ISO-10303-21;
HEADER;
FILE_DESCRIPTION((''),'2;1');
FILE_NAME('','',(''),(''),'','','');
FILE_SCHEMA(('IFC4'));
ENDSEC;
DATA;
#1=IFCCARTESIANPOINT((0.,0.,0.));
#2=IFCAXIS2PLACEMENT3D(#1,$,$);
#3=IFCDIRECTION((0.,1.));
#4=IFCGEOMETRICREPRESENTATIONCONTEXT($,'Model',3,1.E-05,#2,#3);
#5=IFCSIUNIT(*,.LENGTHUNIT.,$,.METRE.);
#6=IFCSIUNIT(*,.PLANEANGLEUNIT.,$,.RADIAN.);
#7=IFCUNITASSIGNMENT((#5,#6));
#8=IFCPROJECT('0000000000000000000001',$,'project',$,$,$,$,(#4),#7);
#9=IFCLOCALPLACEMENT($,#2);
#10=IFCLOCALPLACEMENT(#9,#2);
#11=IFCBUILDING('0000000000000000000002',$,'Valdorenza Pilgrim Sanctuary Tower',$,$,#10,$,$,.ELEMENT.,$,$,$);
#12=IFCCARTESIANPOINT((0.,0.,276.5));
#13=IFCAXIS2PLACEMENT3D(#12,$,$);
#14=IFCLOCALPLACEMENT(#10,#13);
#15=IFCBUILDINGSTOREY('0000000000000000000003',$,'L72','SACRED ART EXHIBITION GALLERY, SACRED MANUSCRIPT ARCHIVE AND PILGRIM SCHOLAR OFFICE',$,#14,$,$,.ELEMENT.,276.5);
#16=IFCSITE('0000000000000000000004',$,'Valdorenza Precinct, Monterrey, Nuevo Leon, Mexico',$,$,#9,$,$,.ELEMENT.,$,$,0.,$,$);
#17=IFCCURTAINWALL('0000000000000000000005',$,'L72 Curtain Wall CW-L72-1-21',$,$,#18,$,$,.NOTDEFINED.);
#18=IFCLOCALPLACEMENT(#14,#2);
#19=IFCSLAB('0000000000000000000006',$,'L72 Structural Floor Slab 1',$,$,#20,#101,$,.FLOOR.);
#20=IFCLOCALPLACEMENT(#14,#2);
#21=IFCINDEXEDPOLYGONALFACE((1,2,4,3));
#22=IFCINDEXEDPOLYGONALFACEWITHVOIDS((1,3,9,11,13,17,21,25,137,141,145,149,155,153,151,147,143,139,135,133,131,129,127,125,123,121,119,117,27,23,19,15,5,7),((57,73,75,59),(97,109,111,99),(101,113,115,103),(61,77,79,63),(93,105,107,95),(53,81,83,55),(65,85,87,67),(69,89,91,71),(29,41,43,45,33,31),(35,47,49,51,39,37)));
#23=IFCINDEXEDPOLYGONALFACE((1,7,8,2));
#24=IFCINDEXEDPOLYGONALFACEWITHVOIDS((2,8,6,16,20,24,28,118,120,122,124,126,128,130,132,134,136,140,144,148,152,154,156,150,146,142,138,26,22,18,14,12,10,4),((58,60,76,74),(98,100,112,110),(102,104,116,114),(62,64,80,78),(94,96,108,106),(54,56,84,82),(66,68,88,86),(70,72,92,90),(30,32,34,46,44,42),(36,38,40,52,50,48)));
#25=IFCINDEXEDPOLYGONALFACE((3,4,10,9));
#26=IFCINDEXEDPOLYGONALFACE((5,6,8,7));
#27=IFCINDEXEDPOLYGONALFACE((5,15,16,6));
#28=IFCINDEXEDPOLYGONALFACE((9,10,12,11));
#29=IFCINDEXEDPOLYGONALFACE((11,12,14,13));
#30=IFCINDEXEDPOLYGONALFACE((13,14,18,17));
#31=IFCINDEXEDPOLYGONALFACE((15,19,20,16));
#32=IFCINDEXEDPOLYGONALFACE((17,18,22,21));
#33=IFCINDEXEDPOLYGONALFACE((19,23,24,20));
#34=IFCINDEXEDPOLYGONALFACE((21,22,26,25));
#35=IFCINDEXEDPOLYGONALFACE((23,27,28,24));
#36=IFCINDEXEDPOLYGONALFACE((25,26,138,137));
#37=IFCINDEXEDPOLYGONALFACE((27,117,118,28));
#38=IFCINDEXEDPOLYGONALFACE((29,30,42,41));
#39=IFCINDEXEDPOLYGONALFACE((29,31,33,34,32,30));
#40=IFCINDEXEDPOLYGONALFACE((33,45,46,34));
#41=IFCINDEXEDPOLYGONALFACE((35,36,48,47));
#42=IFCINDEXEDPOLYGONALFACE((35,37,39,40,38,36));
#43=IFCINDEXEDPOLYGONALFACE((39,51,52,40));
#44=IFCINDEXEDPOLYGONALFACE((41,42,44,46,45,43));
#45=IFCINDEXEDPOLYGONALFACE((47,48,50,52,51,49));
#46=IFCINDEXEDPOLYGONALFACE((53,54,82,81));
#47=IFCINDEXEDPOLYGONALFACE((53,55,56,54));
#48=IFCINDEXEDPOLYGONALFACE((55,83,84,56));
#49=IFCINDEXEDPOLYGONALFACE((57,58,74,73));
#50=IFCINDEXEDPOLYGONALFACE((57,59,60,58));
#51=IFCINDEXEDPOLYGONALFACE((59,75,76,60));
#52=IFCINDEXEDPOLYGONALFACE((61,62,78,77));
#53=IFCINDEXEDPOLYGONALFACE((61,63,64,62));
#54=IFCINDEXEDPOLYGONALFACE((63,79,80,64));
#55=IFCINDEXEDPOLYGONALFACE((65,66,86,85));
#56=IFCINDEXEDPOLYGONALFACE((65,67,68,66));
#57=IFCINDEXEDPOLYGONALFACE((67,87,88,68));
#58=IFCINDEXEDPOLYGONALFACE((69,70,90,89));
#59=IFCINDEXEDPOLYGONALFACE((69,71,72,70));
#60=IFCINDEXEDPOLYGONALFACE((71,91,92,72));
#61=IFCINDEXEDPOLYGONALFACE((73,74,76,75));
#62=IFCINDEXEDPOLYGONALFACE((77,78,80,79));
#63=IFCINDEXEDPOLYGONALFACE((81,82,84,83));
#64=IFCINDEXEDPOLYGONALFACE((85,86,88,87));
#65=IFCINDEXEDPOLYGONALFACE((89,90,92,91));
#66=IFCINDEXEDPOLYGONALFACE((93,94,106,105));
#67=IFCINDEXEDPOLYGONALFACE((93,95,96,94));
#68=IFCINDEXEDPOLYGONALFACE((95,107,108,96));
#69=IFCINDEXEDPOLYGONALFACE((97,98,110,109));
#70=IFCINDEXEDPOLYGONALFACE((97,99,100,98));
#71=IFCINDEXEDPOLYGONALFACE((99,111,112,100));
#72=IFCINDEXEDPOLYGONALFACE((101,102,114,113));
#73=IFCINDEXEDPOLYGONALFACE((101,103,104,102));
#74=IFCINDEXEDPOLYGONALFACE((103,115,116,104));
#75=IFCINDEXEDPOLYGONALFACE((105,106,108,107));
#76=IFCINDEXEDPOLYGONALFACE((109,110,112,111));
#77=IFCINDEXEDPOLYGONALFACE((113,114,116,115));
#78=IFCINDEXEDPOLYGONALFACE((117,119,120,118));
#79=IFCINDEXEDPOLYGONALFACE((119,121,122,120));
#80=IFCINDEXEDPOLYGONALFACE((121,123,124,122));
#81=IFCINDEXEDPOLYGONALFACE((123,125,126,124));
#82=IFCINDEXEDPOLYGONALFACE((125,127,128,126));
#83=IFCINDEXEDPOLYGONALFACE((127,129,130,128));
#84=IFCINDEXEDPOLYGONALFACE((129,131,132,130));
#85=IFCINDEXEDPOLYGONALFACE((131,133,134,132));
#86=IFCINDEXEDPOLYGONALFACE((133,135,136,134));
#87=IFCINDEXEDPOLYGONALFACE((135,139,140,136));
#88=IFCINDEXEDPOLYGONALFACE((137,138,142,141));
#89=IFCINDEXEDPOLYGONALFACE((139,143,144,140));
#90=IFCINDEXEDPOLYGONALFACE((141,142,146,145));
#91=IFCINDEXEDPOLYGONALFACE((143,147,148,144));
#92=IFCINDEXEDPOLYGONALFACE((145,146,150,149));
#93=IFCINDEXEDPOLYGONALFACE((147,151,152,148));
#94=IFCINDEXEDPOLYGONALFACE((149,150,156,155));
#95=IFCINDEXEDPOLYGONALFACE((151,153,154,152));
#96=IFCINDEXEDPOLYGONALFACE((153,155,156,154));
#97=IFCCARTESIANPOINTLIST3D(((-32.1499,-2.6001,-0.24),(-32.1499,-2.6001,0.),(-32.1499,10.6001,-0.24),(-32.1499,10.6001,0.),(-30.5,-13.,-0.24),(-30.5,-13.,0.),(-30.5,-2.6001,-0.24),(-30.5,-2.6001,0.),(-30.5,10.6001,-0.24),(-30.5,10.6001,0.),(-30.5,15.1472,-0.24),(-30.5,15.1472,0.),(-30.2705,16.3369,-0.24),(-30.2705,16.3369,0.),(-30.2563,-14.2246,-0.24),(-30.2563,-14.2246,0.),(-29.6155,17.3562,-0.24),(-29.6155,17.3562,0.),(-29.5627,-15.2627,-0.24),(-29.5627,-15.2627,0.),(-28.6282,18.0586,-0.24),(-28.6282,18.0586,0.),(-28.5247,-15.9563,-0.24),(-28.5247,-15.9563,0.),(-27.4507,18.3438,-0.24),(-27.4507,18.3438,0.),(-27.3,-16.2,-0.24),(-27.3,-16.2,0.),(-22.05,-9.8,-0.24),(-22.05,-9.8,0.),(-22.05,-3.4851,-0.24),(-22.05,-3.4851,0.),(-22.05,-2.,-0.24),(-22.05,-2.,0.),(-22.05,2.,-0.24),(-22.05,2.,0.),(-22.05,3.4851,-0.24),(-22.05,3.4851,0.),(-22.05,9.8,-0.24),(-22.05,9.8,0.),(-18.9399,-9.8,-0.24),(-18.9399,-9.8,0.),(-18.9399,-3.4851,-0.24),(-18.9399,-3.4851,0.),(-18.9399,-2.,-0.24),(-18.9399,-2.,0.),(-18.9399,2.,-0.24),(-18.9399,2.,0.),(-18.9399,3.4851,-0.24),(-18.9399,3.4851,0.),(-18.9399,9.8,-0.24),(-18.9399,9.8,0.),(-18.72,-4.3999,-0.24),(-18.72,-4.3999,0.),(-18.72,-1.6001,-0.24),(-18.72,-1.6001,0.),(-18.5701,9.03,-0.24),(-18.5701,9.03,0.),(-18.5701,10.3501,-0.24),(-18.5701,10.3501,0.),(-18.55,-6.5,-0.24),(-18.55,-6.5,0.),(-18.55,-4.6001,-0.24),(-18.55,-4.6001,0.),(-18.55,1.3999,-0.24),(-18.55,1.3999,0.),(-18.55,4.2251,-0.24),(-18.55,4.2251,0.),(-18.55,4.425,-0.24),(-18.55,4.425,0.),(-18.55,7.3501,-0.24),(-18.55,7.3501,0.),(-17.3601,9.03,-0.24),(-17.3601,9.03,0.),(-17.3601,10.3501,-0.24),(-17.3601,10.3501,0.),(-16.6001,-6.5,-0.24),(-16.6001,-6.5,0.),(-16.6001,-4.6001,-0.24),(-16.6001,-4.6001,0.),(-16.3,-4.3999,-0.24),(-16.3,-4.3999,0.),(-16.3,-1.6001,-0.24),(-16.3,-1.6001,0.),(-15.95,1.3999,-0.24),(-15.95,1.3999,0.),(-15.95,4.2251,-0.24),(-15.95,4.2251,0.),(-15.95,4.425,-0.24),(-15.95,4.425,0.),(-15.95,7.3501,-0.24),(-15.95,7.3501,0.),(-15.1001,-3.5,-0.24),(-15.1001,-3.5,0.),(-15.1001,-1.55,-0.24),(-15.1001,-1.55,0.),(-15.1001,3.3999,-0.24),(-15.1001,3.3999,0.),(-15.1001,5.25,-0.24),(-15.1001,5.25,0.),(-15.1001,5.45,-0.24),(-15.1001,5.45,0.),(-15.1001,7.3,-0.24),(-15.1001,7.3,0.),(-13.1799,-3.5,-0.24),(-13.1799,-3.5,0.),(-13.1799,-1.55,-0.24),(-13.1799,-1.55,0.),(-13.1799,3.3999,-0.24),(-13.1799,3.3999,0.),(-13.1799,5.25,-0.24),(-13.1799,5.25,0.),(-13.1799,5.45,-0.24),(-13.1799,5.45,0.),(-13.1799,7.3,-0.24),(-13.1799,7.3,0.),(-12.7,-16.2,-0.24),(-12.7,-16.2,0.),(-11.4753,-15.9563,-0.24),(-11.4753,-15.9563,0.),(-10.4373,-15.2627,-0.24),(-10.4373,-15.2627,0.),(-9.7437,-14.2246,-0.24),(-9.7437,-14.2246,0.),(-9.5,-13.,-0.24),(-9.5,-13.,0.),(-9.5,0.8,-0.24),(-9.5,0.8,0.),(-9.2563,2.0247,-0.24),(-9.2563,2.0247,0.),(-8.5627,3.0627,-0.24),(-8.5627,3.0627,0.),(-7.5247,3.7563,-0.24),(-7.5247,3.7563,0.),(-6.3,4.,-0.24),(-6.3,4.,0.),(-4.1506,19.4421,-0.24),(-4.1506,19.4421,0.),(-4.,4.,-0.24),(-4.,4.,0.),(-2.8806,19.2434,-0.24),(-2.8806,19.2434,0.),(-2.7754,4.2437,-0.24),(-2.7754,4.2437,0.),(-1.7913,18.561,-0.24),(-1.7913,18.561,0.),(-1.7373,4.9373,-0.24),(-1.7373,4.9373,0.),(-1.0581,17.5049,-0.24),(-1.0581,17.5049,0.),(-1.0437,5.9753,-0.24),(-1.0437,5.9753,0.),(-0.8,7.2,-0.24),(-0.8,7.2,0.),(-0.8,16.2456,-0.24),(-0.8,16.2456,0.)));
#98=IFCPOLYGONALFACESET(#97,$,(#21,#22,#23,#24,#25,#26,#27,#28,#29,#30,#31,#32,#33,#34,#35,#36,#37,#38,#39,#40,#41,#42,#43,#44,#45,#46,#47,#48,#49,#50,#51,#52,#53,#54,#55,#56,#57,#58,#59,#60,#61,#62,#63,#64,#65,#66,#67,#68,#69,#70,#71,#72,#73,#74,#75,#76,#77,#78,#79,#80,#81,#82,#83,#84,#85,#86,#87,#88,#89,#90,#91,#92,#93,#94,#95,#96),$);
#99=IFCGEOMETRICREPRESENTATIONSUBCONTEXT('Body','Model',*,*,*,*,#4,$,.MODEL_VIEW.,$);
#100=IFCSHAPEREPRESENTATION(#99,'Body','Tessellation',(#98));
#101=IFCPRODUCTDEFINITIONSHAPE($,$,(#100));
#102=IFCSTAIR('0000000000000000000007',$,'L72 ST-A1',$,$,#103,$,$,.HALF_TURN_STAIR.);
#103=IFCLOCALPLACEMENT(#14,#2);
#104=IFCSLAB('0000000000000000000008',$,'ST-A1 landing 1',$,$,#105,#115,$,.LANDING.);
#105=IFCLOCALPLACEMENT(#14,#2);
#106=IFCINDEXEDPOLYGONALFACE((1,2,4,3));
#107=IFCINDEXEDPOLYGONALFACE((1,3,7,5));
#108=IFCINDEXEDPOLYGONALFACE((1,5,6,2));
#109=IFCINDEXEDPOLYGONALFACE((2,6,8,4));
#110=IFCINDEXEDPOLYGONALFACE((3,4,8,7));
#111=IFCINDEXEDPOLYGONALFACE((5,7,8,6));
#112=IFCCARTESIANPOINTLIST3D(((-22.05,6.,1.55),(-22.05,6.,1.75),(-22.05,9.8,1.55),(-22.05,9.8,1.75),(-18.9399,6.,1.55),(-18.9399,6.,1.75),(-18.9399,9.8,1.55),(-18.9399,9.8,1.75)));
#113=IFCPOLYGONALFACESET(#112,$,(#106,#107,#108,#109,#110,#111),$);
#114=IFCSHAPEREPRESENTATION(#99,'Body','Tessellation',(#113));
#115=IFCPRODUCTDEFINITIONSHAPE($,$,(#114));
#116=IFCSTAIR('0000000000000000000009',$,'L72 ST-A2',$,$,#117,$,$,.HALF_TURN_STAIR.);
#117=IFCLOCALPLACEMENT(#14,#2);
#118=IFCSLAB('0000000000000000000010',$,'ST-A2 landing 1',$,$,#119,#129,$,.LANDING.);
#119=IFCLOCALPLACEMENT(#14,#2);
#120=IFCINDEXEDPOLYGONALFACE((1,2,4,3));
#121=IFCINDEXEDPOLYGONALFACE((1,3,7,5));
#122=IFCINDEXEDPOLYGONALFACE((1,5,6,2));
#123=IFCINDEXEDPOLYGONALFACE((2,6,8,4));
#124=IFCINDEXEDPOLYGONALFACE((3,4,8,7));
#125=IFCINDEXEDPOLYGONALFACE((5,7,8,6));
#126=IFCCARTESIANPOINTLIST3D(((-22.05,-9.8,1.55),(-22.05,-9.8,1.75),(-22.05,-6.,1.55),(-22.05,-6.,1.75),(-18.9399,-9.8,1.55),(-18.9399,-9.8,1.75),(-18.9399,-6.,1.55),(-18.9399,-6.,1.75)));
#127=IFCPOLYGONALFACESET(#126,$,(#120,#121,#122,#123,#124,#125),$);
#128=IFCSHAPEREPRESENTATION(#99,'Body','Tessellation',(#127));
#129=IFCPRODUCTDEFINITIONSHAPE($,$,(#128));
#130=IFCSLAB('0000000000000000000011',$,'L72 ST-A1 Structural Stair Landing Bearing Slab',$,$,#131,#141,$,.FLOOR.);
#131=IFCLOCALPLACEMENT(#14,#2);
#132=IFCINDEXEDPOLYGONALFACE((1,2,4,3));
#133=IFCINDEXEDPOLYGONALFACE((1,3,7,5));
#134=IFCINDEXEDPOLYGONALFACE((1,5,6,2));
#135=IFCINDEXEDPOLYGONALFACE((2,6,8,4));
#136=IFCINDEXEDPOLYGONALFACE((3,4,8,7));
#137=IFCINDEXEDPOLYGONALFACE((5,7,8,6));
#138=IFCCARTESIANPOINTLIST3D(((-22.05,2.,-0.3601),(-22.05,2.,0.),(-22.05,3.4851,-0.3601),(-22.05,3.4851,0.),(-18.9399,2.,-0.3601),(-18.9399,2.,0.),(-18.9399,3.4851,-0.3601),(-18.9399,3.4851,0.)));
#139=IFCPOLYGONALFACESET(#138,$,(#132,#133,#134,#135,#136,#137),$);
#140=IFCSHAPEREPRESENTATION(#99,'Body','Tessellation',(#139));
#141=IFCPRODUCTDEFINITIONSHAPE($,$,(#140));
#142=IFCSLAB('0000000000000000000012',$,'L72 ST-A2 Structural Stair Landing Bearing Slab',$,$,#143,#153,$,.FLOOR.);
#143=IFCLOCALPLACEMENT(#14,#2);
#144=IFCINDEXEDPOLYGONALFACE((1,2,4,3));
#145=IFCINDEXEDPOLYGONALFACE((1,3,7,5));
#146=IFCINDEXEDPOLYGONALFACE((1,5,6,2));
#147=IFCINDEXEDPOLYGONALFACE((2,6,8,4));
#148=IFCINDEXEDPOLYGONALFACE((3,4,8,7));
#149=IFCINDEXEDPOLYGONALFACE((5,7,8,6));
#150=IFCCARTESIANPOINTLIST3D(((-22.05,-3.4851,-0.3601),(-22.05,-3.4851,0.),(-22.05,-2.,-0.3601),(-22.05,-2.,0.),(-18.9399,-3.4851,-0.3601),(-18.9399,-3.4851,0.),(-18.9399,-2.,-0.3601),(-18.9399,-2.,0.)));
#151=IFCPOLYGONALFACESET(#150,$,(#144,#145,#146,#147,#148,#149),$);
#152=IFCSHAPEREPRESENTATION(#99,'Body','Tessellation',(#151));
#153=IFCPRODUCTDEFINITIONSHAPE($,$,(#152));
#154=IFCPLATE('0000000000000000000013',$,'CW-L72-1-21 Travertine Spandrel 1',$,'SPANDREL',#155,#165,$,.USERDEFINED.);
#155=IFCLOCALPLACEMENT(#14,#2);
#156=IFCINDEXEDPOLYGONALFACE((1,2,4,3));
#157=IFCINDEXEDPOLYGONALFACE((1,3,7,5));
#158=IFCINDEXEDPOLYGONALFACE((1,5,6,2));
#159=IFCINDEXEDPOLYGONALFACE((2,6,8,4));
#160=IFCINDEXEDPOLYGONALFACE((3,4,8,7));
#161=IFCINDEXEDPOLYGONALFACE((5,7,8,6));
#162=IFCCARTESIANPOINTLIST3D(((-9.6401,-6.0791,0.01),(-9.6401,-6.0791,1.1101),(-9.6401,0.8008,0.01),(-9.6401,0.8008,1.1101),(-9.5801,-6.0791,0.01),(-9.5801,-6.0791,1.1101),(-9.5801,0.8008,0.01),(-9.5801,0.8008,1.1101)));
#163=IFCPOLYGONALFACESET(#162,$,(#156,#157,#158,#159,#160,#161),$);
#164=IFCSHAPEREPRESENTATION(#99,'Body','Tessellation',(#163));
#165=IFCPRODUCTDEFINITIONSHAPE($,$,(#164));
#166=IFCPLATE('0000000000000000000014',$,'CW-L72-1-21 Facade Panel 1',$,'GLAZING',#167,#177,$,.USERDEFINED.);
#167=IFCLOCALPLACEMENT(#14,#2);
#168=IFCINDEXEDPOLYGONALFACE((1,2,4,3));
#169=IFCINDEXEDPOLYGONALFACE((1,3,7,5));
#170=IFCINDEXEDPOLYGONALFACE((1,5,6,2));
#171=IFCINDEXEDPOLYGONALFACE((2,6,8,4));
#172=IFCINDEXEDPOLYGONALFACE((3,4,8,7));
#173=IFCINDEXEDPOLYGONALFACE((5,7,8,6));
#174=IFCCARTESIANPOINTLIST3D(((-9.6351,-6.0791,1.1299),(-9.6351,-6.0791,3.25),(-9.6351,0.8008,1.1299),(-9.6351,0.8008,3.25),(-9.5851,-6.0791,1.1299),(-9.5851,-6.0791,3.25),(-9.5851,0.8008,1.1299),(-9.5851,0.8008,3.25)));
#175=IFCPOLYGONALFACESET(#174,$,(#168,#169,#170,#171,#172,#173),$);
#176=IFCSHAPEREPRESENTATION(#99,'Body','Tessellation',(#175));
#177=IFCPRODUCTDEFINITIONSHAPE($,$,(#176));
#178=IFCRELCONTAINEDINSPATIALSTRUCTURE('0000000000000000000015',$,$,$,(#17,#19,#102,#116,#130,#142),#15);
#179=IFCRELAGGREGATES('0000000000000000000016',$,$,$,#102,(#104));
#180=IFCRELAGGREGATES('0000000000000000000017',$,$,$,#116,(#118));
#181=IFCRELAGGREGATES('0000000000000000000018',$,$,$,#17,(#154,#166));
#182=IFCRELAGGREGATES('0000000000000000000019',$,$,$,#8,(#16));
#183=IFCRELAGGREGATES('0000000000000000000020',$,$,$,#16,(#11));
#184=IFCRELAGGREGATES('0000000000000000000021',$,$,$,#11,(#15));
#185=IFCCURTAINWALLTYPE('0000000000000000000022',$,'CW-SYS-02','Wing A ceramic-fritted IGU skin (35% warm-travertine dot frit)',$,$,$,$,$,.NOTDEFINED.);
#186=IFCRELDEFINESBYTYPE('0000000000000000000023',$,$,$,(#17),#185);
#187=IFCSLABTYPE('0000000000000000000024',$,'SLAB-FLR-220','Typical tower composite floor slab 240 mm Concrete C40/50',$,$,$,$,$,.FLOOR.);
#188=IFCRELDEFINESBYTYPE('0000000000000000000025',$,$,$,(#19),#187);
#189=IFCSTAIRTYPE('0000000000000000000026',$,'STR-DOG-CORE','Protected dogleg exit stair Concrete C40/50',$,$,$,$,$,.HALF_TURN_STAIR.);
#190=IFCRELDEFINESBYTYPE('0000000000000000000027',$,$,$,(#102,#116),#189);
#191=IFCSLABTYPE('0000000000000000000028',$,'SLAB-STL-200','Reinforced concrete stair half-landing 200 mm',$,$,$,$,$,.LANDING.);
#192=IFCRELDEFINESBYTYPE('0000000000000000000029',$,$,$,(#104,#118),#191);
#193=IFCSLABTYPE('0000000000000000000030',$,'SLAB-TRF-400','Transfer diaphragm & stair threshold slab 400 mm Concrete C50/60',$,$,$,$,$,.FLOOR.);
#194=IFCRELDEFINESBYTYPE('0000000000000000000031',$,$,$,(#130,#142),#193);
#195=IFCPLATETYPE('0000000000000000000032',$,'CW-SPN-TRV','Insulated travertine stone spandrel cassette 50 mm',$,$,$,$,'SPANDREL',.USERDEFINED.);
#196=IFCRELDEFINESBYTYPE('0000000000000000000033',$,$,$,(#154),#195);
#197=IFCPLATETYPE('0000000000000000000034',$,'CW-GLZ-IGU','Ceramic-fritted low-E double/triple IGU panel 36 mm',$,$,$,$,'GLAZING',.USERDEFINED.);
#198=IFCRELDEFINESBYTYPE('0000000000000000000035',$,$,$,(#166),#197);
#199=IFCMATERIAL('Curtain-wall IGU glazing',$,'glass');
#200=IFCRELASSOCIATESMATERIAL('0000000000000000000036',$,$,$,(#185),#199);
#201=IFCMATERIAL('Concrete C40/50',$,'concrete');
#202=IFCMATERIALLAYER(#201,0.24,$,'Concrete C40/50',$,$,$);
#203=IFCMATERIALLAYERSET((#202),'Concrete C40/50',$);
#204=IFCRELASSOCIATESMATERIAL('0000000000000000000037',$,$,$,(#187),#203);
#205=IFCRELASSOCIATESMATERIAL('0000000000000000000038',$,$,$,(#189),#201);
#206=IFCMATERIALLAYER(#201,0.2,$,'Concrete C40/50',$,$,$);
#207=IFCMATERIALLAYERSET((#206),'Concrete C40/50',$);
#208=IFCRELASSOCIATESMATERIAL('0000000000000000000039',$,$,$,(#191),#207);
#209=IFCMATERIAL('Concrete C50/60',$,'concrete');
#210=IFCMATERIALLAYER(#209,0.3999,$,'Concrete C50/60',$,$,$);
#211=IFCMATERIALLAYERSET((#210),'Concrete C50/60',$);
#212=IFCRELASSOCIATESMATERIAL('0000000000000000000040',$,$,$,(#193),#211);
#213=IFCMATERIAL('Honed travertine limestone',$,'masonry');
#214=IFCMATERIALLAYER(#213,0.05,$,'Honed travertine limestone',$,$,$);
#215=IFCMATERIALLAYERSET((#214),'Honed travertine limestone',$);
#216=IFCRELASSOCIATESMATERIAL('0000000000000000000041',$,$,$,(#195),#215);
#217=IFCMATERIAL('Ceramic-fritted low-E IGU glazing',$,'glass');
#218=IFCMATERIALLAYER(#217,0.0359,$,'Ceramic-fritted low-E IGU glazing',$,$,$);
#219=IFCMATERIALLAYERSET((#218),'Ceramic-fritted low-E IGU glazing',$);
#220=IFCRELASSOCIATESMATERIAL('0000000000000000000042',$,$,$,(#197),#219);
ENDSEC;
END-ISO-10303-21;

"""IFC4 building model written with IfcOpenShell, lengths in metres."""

from ifc_helpers import new_model, si_unit, direction, frame, origin, origin_2d, place, context, subcontext, project, spatial, polyline, rectangle, outline, extrude, source, transform, mapped, material, layer, layer_set, type_object, element, aggregate, save


model = new_model("IFC4")

# Units and contexts
model_context = context("Model", 3, precision=1e-05, world=origin(), true_north=direction((0.0, 1.0)))
body_context = subcontext(model_context, "Body", "Model", "MODEL_VIEW")
ifc_project = project(units=[si_unit("LENGTHUNIT", "METRE"), si_unit("PLANEANGLEUNIT", "RADIAN")], contexts=[model_context])

# Site, building, storey
site_placement = place(None, origin())
site = spatial("IfcSite", under=ifc_project, at=site_placement, Name="Valdorenza Precinct, Monterrey, Nuevo Leon, Mexico", CompositionType="ELEMENT", RefElevation=0.0)
building_placement = place(site_placement, origin())
building = spatial("IfcBuilding", under=site, at=building_placement, Name="Valdorenza Pilgrim Sanctuary Tower", CompositionType="ELEMENT")
storey_placement = place(building_placement, frame((0.0, 0.0, 276.5)))
storey = spatial("IfcBuildingStorey", under=building, at=storey_placement, Name="L72", Description="SACRED ART EXHIBITION GALLERY, SACRED MANUSCRIPT ARCHIVE AND PILGRIM SCHOLAR OFFICE", CompositionType="ELEMENT", Elevation=276.5)

# Shared definitions
ifc_material_1 = material(Name="Concrete C50/60", Category="concrete")

# Curtain wall
ifc_material_2 = material(Name="Curtain-wall IGU glazing", Category="glass")
curtain_wall_type = type_object("IfcCurtainWallType", Name="CW-SYS-02", Description="Wing A ceramic-fritted IGU skin (35% warm-travertine dot frit)", PredefinedType="NOTDEFINED", material=ifc_material_2)
curtain_wall_placement = place(storey_placement, origin())
curtain_wall = element("IfcCurtainWall", 1, at=curtain_wall_placement, inside=storey, type_object=curtain_wall_type, Name="L72 Curtain Wall CW-L72-1-21", PredefinedType="NOTDEFINED")

# Slab
ifc_material_3 = material(Name="Concrete C40/50", Category="concrete")
ifc_layer_1 = layer(ifc_material_3, 0.24, Name="Concrete C40/50")
ifc_layer_set_1 = layer_set([ifc_layer_1], Name="Concrete C40/50")
slab_type_1 = type_object("IfcSlabType", Name="SLAB-FLR-220", Description="Typical tower composite floor slab 240 mm Concrete C40/50", PredefinedType="FLOOR", material=ifc_layer_set_1)
slab_1_placement = place(storey_placement, frame((0.0, 0.0, -0.24)))
element("IfcSlab", 2, at=slab_1_placement, inside=storey, type_object=slab_type_1, Name="L72 Structural Floor Slab 1", PredefinedType="FLOOR", context=body_context, shape_type="SweptSolid", body=[
    extrude(outline(polyline([(-30.2705, 16.3369), (-29.6155, 17.3562), (-28.6282, 18.0586), (-27.4507, 18.3438), (-4.1506, 19.4421), (-2.8806, 19.2434), (-1.7913, 18.561), (-1.0581, 17.5049), (-0.8, 16.2456), (-0.8, 7.2), (-1.0437, 5.9753), (-1.7373, 4.9373), (-2.7754, 4.2437), (-4.0, 4.0), (-6.3, 4.0), (-7.5247, 3.7563), (-8.5627, 3.0627), (-9.2563, 2.0247), (-9.5, 0.8), (-9.5, -13.0), (-9.7437, -14.2246), (-10.4373, -15.2627), (-11.4753, -15.9563), (-12.7, -16.2), (-27.3, -16.2), (-28.5247, -15.9563), (-29.5627, -15.2627), (-30.2563, -14.2246), (-30.5, -13.0), (-30.5, -2.6001), (-32.1499, -2.6001), (-32.1499, 10.6001), (-30.5, 10.6001), (-30.5, 15.1472), (-30.2705, 16.3369)]), holes=[polyline([(-22.05, -9.8), (-18.9399, -9.8), (-18.9399, -3.4851), (-18.9399, -2.0), (-22.05, -2.0), (-22.05, -3.4851), (-22.05, -9.8)]), polyline([(-16.6001, -6.5), (-16.6001, -4.6001), (-18.55, -4.6001), (-18.55, -6.5), (-16.6001, -6.5)]), polyline([(-22.05, 2.0), (-18.9399, 2.0), (-18.9399, 3.4851), (-18.9399, 9.8), (-22.05, 9.8), (-22.05, 3.4851), (-22.05, 2.0)]), polyline([(-17.3601, 9.03), (-17.3601, 10.3501), (-18.5701, 10.3501), (-18.5701, 9.03), (-17.3601, 9.03)]), polyline([(-16.3, -1.6001), (-18.72, -1.6001), (-18.72, -4.3999), (-16.3, -4.3999), (-16.3, -1.6001)]), polyline([(-13.1799, -3.5), (-13.1799, -1.55), (-15.1001, -1.55), (-15.1001, -3.5), (-13.1799, -3.5)]), polyline([(-15.95, 1.3999), (-15.95, 4.2251), (-18.55, 4.2251), (-18.55, 1.3999), (-15.95, 1.3999)]), polyline([(-13.1799, 5.25), (-15.1001, 5.25), (-15.1001, 3.3999), (-13.1799, 3.3999), (-13.1799, 5.25)]), polyline([(-15.95, 4.425), (-15.95, 7.3501), (-18.55, 7.3501), (-18.55, 4.425), (-15.95, 4.425)]), polyline([(-13.1799, 5.45), (-13.1799, 7.3), (-15.1001, 7.3), (-15.1001, 5.45), (-13.1799, 5.45)])]), origin(), (0.0, 0.0, 1.0), 0.24),
])

# Stairs, slabs
stair_type = type_object("IfcStairType", Name="STR-DOG-CORE", Description="Protected dogleg exit stair Concrete C40/50", PredefinedType="HALF_TURN_STAIR", material=ifc_material_3)
stair_1_placement = place(storey_placement, origin())
stair_1 = element("IfcStair", 3, at=stair_1_placement, inside=storey, type_object=stair_type, Name="L72 ST-A1", PredefinedType="HALF_TURN_STAIR")
ifc_layer_2 = layer(ifc_material_3, 0.2, Name="Concrete C40/50")
ifc_layer_set_2 = layer_set([ifc_layer_2], Name="Concrete C40/50")
slab_type_2 = type_object("IfcSlabType", Name="SLAB-STL-200", Description="Reinforced concrete stair half-landing 200 mm", PredefinedType="LANDING", material=ifc_layer_set_2)
slab_2_placement = place(storey_placement, frame((0.0, 0.0, 1.55)))
slab_2 = element("IfcSlab", 4, at=slab_2_placement, type_object=slab_type_2, Name="ST-A1 landing 1", PredefinedType="LANDING", context=body_context, shape_type="SweptSolid", body=[
    extrude(outline(polyline([(-18.9399, 6.0), (-18.9399, 9.8), (-22.05, 9.8), (-22.05, 6.0), (-18.9399, 6.0)])), origin(), (0.0, 0.0, 1.0), 0.2),
])
aggregate(stair_1, [slab_2])
stair_2_placement = place(storey_placement, origin())
stair_2 = element("IfcStair", 5, at=stair_2_placement, inside=storey, type_object=stair_type, Name="L72 ST-A2", PredefinedType="HALF_TURN_STAIR")
slab_3_placement = place(storey_placement, frame((0.0, 0.0, 1.55)))
slab_3 = element("IfcSlab", 6, at=slab_3_placement, type_object=slab_type_2, Name="ST-A2 landing 1", PredefinedType="LANDING", context=body_context, shape_type="SweptSolid", body=[
    extrude(outline(polyline([(-22.05, -6.0), (-22.05, -9.8), (-18.9399, -9.8), (-18.9399, -6.0), (-22.05, -6.0)])), origin(), (0.0, 0.0, 1.0), 0.2),
])
aggregate(stair_2, [slab_3])

# Slabs
ifc_layer_3 = layer(ifc_material_1, 0.3999, Name="Concrete C50/60")
ifc_layer_set_3 = layer_set([ifc_layer_3], Name="Concrete C50/60")
slab_type_3 = type_object("IfcSlabType", Name="SLAB-TRF-400", Description="Transfer diaphragm & stair threshold slab 400 mm Concrete C50/60", PredefinedType="FLOOR", material=ifc_layer_set_3)
slab_4_placement = place(storey_placement, frame((0.0, 0.0, -0.3601)))
element("IfcSlab", 7, at=slab_4_placement, inside=storey, type_object=slab_type_3, Name="L72 ST-A1 Structural Stair Landing Bearing Slab", PredefinedType="FLOOR", context=body_context, shape_type="SweptSolid", body=[
    extrude(outline(polyline([(-22.05, 2.0), (-18.9399, 2.0), (-18.9399, 3.4851), (-22.05, 3.4851), (-22.05, 2.0)])), origin(), (0.0, 0.0, 1.0), 0.3601),
])
slab_5_placement = place(storey_placement, frame((0.0, 0.0, -0.3601)))
element("IfcSlab", 8, at=slab_5_placement, inside=storey, type_object=slab_type_3, Name="L72 ST-A2 Structural Stair Landing Bearing Slab", PredefinedType="FLOOR", context=body_context, shape_type="SweptSolid", body=[
    extrude(outline(polyline([(-22.05, -3.4851), (-18.9399, -3.4851), (-18.9399, -2.0), (-22.05, -2.0), (-22.05, -3.4851)])), origin(), (0.0, 0.0, 1.0), 0.3601),
])

# Plates
ifc_material_4 = material(Name="Honed travertine limestone", Category="masonry")
ifc_layer_4 = layer(ifc_material_4, 0.05, Name="Honed travertine limestone")
ifc_layer_set_4 = layer_set([ifc_layer_4], Name="Honed travertine limestone")
plate_type_1 = type_object("IfcPlateType", Name="CW-SPN-TRV", Description="Insulated travertine stone spandrel cassette 50 mm", ElementType="SPANDREL", PredefinedType="USERDEFINED", material=ifc_layer_set_4)
shared_shape_1 = source(origin(), body_context, "Body", "SweptSolid", [
    extrude(rectangle(XDim=6.8799, YDim=0.0601, at=origin_2d()), origin(), (0.0, 0.0, 1.0), 1.1001),
])
plate_1_placement = place(storey_placement, frame((-9.6101, -2.6392, 0.01), z_axis=(0.0, 0.0, 1.0), x_axis=(0.0, -1.0, 0.0)))
plate_1 = element("IfcPlate", 9, at=plate_1_placement, type_object=plate_type_1, Name="CW-L72-1-21 Travertine Spandrel 1", ObjectType="SPANDREL", PredefinedType="USERDEFINED", context=body_context, shape_type="MappedRepresentation", body=[
    mapped(shared_shape_1, transform((0.0, 0.0, 0.0), x_axis=(1.0, 0.0, 0.0), y_axis=(0.0, 1.0, 0.0), z_axis=(0.0, 0.0, 1.0), scale=1.0)),
])
ifc_material_5 = material(Name="Ceramic-fritted low-E IGU glazing", Category="glass")
ifc_layer_5 = layer(ifc_material_5, 0.0359, Name="Ceramic-fritted low-E IGU glazing")
ifc_layer_set_5 = layer_set([ifc_layer_5], Name="Ceramic-fritted low-E IGU glazing")
plate_type_2 = type_object("IfcPlateType", Name="CW-GLZ-IGU", Description="Ceramic-fritted low-E double/triple IGU panel 36 mm", ElementType="GLAZING", PredefinedType="USERDEFINED", material=ifc_layer_set_5)
shared_shape_2 = source(origin(), body_context, "Body", "SweptSolid", [
    extrude(rectangle(XDim=6.8799, YDim=0.05, at=origin_2d()), origin(), (0.0, 0.0, 1.0), 2.1201),
])
plate_2_placement = place(storey_placement, frame((-9.6101, -2.6392, 1.1299), z_axis=(0.0, 0.0, 1.0), x_axis=(0.0, -1.0, 0.0)))
plate_2 = element("IfcPlate", 10, at=plate_2_placement, type_object=plate_type_2, Name="CW-L72-1-21 Facade Panel 1", ObjectType="GLAZING", PredefinedType="USERDEFINED", context=body_context, shape_type="MappedRepresentation", body=[
    mapped(shared_shape_2, transform((0.0, 0.0, 0.0), x_axis=(1.0, 0.0, 0.0), y_axis=(0.0, 1.0, 0.0), z_axis=(0.0, 0.0, 1.0), scale=1.0)),
])
aggregate(curtain_wall, [plate_1, plate_2])

save(model, "model.ifc")
